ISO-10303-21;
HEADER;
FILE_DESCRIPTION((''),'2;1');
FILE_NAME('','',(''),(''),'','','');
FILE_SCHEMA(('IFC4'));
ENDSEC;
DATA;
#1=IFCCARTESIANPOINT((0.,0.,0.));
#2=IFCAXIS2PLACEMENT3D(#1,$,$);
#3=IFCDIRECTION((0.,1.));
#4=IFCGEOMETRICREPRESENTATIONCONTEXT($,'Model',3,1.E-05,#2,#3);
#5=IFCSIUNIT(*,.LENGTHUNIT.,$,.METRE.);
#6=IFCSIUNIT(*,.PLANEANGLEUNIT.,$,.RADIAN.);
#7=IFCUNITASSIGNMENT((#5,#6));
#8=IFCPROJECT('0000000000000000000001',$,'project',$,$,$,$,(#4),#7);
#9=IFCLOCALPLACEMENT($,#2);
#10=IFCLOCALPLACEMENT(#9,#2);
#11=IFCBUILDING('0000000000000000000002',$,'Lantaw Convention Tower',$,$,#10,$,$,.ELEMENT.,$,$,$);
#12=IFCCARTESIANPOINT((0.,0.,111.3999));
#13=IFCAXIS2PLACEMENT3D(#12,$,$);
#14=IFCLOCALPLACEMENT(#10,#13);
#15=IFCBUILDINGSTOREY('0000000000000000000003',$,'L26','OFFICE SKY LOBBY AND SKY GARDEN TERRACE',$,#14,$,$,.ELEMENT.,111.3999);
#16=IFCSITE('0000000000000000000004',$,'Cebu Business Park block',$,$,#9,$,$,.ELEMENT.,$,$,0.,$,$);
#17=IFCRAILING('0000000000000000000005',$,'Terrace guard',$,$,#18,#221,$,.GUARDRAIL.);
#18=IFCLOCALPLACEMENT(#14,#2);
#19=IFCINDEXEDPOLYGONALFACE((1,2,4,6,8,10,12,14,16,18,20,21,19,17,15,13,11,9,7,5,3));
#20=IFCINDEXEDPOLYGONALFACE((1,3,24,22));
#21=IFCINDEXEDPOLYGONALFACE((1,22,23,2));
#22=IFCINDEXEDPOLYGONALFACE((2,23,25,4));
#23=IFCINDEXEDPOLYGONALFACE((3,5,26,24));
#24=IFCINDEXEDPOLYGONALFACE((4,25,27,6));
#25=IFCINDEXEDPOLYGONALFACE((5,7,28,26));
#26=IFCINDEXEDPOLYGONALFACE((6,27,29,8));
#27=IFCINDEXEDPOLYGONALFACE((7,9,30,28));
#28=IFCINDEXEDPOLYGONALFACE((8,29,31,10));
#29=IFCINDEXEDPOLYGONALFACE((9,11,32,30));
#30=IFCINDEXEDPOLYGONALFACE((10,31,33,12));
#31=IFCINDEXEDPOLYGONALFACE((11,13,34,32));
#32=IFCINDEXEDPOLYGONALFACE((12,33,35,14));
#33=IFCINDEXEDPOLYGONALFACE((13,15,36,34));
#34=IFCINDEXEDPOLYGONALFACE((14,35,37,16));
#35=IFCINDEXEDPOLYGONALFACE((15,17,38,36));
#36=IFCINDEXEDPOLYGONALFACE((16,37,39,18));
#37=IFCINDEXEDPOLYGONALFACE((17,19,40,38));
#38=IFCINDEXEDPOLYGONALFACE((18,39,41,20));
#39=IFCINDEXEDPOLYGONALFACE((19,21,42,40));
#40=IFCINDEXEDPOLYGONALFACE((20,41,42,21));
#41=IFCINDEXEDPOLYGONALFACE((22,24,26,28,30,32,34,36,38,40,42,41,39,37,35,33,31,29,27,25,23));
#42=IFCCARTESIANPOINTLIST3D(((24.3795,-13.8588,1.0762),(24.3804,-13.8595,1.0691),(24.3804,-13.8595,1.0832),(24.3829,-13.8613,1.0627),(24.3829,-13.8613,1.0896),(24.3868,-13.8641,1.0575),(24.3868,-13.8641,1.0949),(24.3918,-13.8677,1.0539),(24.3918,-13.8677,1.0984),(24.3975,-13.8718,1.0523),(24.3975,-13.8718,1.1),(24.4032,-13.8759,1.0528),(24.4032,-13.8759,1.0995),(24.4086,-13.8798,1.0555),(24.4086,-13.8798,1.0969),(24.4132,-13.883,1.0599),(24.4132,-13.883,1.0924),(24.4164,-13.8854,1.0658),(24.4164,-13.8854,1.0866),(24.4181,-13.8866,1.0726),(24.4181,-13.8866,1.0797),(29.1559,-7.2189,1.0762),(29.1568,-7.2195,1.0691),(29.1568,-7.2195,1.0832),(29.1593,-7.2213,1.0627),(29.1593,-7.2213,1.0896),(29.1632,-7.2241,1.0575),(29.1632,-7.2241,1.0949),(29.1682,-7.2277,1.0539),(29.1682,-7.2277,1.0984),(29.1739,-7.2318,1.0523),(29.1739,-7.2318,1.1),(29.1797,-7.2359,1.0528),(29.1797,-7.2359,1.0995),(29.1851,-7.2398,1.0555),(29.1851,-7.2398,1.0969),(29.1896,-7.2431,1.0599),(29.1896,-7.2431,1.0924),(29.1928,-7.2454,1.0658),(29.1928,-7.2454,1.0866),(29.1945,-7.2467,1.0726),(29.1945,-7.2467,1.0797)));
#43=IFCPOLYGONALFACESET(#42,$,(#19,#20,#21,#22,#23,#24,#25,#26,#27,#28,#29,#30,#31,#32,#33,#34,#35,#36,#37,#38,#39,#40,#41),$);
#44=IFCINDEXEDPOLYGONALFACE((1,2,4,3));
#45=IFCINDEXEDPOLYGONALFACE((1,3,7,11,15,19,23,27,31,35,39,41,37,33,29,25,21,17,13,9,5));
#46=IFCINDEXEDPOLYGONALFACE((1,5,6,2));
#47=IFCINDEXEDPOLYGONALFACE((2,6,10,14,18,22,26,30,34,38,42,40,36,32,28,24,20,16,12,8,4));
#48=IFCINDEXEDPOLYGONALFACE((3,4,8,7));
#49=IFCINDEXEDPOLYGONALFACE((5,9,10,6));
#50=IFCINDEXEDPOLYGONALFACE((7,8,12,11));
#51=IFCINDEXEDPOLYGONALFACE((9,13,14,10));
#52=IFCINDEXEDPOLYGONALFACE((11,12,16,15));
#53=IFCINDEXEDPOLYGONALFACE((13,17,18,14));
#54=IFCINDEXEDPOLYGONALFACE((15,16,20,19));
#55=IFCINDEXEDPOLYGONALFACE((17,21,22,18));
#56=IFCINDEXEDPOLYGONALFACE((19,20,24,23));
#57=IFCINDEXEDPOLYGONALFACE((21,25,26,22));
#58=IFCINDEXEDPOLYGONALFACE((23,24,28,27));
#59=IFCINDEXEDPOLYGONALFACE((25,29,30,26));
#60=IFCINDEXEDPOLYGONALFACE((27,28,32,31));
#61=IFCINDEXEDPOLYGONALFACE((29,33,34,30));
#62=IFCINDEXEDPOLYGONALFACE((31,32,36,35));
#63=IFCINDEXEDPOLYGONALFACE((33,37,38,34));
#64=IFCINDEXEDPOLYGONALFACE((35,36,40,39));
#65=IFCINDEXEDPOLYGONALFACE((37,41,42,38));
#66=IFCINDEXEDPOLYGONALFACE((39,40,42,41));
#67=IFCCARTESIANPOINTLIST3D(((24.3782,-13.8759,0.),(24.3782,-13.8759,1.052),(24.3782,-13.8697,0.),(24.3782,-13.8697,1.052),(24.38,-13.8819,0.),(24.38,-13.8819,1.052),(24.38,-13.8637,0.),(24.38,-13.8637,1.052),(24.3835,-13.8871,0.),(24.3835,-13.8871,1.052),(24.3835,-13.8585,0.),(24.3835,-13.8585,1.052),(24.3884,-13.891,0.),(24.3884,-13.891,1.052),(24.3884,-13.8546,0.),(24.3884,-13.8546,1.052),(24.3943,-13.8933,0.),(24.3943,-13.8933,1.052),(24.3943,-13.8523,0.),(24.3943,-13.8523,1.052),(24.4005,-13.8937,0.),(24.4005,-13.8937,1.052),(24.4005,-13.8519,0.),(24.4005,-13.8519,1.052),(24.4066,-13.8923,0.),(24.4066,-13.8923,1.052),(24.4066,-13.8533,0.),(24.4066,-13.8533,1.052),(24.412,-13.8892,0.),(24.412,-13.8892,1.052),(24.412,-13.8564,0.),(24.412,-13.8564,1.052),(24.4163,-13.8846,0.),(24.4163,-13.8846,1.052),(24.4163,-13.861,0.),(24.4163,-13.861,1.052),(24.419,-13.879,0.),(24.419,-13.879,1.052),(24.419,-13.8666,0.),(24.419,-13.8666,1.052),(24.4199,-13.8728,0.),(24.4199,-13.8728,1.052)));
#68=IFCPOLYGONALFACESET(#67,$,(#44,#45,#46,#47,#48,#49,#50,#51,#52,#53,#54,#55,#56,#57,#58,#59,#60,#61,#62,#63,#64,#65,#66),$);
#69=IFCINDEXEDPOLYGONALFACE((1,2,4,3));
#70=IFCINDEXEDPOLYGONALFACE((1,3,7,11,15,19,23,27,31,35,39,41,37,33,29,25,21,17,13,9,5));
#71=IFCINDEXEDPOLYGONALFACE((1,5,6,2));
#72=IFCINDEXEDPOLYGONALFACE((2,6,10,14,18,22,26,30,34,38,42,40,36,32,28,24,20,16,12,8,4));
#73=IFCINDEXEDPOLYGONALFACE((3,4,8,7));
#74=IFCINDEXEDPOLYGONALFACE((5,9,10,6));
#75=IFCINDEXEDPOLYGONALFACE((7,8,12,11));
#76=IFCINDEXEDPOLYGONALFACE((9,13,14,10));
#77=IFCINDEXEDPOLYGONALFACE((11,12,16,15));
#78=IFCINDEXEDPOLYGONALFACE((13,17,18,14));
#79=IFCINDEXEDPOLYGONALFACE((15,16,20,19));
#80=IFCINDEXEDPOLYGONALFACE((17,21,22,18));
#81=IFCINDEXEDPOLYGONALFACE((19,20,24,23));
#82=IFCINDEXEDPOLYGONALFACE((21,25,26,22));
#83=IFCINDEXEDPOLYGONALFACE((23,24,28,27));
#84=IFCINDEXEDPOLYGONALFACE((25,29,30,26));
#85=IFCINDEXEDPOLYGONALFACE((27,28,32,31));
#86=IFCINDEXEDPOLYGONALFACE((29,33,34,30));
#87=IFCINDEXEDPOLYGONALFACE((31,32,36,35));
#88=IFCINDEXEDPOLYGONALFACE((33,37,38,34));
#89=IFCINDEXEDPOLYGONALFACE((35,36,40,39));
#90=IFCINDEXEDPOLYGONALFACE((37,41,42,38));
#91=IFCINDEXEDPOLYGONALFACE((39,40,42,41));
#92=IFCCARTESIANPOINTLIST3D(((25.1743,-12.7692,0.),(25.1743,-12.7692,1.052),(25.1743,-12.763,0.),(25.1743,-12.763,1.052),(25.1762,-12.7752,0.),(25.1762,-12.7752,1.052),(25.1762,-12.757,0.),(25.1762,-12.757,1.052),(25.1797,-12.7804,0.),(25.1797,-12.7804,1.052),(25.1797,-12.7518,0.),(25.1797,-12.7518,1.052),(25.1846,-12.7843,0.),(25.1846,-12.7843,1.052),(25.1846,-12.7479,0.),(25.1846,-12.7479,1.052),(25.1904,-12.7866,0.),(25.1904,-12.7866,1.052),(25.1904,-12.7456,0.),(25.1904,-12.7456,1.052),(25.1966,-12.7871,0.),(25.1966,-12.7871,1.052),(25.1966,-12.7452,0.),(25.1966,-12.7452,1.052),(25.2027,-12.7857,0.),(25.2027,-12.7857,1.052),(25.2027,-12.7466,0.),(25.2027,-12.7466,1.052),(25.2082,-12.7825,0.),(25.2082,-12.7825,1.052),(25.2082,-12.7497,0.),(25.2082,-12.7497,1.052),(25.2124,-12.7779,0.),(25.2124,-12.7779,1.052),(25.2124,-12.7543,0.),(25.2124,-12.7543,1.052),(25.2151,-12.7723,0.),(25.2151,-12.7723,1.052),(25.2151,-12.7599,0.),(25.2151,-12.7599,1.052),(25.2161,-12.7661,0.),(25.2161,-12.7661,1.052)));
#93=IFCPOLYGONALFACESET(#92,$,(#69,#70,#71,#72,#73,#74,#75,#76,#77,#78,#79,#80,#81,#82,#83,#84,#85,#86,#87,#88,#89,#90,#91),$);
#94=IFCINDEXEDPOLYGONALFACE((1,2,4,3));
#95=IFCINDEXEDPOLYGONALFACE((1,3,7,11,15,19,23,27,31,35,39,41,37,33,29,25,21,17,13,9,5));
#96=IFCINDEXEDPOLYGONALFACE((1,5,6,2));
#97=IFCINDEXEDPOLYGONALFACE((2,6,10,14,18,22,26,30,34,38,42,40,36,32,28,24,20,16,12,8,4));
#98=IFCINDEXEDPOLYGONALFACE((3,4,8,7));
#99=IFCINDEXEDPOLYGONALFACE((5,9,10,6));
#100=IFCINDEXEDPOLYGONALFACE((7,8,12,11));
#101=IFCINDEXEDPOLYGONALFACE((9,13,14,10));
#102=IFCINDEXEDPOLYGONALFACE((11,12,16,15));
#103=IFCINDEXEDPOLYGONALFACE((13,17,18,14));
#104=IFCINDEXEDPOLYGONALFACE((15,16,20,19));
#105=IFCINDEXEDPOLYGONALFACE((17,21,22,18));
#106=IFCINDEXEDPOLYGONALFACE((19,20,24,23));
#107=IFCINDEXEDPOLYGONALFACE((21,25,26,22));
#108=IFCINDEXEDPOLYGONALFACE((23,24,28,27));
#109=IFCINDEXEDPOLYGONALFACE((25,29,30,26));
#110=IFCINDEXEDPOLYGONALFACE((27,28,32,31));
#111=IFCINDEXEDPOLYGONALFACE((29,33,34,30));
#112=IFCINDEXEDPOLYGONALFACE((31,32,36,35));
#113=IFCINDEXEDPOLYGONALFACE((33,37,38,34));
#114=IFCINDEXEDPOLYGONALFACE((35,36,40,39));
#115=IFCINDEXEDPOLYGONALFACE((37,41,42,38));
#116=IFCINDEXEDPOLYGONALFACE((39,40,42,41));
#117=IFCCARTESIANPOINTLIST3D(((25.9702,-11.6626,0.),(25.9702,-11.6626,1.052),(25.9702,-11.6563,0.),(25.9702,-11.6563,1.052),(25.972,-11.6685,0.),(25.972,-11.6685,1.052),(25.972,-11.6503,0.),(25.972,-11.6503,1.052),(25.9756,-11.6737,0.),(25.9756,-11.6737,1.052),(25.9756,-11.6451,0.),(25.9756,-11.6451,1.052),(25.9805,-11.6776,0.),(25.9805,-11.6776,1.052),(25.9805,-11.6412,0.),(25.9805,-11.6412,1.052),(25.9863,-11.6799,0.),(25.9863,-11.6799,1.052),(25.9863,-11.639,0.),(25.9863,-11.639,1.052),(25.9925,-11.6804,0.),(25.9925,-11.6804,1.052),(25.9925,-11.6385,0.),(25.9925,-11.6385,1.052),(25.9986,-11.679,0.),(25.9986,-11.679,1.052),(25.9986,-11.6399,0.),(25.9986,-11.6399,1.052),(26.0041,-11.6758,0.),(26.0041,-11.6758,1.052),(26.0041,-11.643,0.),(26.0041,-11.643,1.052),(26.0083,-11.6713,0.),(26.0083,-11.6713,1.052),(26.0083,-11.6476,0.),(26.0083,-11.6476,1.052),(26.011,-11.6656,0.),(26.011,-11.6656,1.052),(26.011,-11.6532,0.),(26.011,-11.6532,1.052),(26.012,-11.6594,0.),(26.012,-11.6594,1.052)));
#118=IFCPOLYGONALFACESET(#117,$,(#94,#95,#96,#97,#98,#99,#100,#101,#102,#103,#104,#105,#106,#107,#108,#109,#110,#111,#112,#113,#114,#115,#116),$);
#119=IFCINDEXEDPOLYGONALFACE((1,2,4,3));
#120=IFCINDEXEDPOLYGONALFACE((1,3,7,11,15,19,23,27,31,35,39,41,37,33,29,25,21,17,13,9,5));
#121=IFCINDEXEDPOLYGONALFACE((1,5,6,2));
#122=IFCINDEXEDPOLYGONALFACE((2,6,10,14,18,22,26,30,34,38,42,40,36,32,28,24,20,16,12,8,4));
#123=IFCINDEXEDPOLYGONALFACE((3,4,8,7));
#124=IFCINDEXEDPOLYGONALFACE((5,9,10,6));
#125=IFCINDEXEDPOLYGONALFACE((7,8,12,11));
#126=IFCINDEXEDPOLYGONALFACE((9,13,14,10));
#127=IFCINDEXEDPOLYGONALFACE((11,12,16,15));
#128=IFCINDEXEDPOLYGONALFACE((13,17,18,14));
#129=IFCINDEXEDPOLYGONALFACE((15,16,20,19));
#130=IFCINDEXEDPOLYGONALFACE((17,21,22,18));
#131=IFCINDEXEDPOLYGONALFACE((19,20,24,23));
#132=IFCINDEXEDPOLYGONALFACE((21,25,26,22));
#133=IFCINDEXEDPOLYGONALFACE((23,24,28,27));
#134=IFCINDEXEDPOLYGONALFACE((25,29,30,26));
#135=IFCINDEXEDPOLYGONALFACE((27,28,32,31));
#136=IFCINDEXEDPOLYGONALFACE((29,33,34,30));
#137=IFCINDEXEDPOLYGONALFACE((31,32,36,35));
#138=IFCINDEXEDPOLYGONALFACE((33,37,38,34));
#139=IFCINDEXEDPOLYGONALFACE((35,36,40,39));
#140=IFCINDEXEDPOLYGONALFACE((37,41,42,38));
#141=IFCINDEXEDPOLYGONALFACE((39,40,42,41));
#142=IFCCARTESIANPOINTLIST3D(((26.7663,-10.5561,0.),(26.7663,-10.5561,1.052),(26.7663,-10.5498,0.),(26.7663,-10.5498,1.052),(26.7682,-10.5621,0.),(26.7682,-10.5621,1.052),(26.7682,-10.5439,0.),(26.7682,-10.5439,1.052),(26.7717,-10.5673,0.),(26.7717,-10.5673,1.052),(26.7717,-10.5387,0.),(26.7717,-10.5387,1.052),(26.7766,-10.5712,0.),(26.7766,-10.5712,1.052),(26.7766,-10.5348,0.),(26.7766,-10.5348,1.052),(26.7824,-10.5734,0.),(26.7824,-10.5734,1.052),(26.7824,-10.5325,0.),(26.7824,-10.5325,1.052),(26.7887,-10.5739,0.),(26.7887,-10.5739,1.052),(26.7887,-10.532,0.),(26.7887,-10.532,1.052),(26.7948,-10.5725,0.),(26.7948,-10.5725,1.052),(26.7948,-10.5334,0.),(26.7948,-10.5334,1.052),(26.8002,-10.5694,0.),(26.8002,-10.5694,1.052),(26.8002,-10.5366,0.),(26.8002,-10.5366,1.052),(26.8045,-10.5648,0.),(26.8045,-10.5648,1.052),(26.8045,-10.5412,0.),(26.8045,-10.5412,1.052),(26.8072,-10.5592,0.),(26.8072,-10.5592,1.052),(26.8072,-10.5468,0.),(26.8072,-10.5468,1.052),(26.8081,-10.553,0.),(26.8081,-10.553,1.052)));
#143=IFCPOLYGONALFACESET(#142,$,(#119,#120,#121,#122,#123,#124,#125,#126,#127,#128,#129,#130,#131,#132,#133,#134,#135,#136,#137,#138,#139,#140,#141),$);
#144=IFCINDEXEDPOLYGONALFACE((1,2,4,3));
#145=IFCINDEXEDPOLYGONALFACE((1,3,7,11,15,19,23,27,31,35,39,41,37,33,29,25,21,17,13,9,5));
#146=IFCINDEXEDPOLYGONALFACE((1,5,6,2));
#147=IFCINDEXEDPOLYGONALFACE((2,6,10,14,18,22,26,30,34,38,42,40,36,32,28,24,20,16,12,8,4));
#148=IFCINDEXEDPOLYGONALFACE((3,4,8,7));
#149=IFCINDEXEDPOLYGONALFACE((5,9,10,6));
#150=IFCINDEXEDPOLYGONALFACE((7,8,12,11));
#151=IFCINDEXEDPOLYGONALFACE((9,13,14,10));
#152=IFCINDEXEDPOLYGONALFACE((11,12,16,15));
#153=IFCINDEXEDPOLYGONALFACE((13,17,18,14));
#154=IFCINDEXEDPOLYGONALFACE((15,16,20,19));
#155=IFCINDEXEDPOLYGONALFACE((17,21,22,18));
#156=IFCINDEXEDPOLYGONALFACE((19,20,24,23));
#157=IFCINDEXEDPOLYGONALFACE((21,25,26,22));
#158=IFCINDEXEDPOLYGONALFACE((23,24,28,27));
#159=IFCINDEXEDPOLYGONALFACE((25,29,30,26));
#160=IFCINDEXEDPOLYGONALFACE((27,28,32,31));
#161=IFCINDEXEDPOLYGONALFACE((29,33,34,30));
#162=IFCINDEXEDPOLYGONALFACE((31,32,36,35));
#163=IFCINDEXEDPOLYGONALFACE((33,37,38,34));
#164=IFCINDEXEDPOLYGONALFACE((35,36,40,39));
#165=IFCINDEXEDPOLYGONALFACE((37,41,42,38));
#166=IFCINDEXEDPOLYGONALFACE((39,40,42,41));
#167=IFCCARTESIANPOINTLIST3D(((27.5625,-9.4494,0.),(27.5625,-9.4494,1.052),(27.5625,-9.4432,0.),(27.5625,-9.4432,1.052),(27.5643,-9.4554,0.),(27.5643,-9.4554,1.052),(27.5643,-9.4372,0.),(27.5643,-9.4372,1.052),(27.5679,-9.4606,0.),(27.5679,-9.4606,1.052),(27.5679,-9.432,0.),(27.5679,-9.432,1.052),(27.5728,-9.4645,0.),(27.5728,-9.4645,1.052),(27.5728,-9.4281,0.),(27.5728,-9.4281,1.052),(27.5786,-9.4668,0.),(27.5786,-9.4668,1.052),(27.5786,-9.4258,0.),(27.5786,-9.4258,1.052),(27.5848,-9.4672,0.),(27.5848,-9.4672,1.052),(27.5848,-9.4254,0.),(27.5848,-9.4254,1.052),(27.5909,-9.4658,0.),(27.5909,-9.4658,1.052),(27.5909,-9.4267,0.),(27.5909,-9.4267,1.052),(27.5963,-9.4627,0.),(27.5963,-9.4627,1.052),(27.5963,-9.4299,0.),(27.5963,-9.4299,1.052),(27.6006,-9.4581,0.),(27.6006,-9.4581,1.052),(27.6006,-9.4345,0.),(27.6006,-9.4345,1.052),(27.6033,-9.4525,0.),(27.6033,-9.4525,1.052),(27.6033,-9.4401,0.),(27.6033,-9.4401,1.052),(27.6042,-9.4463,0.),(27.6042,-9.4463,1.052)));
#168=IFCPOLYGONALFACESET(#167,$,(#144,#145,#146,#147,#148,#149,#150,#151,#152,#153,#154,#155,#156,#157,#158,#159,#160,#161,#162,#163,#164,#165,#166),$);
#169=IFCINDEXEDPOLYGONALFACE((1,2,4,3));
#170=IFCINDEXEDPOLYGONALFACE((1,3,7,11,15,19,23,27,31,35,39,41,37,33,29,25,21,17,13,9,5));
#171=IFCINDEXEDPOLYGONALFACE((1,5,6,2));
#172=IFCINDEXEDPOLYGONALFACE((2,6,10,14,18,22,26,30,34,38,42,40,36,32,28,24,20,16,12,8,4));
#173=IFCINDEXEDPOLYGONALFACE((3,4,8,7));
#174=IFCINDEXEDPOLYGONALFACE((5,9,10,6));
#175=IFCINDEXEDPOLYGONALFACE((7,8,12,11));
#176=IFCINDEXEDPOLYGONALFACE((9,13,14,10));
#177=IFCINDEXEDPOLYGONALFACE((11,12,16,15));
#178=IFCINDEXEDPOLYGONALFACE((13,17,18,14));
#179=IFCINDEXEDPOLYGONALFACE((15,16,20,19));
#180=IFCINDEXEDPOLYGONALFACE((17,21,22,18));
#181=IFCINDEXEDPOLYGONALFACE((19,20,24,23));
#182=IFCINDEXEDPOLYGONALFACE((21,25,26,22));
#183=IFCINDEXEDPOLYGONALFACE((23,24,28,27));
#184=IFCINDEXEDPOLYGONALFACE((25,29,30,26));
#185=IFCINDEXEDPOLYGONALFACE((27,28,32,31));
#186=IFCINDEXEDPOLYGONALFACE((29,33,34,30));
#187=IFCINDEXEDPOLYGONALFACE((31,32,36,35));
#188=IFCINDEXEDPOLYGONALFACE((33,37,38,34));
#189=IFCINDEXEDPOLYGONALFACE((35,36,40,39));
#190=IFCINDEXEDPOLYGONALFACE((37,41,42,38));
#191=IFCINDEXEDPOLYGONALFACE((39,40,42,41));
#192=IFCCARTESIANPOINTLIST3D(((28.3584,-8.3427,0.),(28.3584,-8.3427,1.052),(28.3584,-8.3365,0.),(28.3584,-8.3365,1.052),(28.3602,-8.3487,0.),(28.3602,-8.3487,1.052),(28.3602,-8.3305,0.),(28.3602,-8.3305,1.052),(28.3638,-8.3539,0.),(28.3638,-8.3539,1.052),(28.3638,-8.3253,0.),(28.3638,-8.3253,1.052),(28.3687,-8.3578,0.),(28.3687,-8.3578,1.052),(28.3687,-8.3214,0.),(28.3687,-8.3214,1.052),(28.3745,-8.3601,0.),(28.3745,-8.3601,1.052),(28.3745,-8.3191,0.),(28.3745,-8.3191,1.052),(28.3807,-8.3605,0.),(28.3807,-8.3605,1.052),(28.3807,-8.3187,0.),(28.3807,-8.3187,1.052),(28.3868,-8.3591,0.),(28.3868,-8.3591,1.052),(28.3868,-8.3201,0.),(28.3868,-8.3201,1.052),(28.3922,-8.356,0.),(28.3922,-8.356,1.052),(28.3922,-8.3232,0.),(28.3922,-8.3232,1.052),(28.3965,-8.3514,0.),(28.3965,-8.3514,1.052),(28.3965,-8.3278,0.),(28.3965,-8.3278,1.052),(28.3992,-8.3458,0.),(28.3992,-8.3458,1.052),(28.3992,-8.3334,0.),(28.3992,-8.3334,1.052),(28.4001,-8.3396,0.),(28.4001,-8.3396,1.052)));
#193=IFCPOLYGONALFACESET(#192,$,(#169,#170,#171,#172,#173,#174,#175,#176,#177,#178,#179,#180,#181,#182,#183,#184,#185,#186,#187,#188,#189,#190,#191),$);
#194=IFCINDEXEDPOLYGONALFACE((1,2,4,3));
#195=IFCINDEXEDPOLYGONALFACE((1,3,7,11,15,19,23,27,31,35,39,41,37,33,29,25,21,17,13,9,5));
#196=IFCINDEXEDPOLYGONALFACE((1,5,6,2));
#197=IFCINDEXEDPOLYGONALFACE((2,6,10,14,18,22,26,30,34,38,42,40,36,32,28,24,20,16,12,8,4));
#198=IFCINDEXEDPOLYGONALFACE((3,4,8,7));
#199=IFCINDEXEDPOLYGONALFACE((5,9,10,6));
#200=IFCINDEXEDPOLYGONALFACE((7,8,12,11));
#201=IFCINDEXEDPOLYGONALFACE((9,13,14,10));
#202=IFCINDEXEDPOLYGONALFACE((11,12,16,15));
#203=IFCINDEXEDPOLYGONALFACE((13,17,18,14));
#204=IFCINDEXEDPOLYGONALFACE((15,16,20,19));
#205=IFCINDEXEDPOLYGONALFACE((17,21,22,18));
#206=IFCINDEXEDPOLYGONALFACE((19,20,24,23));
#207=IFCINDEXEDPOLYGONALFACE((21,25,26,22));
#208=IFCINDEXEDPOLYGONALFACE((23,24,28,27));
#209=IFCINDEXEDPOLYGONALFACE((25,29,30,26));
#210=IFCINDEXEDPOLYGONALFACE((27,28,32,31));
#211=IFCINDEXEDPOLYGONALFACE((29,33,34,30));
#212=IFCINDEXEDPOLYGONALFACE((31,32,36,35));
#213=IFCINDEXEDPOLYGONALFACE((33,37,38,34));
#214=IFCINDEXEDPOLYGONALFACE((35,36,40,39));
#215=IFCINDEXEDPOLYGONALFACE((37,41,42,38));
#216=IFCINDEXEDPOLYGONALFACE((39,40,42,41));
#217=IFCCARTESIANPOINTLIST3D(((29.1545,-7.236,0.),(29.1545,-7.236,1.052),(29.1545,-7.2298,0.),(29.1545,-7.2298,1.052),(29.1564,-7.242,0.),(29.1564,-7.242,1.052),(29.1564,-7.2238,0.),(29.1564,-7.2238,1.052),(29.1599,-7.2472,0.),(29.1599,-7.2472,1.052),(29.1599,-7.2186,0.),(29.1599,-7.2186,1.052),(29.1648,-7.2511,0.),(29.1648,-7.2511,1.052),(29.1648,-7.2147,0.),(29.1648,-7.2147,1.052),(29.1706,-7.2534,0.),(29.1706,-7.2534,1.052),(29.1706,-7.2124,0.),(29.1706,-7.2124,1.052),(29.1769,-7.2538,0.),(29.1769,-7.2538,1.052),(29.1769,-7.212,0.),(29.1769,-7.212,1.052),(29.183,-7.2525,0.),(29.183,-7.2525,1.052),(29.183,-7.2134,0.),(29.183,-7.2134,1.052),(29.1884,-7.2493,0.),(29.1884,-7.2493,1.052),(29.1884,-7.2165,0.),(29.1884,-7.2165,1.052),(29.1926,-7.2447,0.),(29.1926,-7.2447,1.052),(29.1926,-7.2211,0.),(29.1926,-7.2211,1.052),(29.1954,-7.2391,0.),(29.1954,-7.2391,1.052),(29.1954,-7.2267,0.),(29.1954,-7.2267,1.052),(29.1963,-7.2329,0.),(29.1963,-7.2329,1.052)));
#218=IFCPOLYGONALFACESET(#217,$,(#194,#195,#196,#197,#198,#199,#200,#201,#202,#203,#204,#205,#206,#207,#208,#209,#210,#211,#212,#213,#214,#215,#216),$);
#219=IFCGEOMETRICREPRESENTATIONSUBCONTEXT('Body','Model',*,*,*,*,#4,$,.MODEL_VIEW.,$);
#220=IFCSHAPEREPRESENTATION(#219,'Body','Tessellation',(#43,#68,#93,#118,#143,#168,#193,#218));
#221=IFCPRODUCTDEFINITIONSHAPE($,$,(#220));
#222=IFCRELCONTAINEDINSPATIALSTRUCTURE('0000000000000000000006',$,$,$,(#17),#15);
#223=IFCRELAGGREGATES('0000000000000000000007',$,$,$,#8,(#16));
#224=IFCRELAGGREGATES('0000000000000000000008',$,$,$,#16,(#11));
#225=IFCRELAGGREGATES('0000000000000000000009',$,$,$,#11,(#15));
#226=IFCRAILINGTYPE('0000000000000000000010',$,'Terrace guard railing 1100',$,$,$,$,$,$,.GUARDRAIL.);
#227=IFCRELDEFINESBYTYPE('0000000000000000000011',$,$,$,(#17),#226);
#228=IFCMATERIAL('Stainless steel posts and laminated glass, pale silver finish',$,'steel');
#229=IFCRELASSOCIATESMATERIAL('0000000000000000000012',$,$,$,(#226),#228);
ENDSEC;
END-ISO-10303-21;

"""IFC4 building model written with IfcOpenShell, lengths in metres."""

from ifc_helpers import new_model, si_unit, direction, frame, origin, origin_2d, place, context, subcontext, project, spatial, circle, extrude, material, type_object, element, save


model = new_model("IFC4")

# Units and contexts
model_context = context("Model", 3, precision=1e-05, world=origin(), true_north=direction((0.0, 1.0)))
body_context = subcontext(model_context, "Body", "Model", "MODEL_VIEW")
ifc_project = project(units=[si_unit("LENGTHUNIT", "METRE"), si_unit("PLANEANGLEUNIT", "RADIAN")], contexts=[model_context])

# Site, building, storey
site_placement = place(None, origin())
site = spatial("IfcSite", under=ifc_project, at=site_placement, Name="Cebu Business Park block", CompositionType="ELEMENT", RefElevation=0.0)
building_placement = place(site_placement, origin())
building = spatial("IfcBuilding", under=site, at=building_placement, Name="Lantaw Convention Tower", CompositionType="ELEMENT")
storey_placement = place(building_placement, frame((0.0, 0.0, 111.3999)))
storey = spatial("IfcBuildingStorey", under=building, at=storey_placement, Name="L26", Description="OFFICE SKY LOBBY AND SKY GARDEN TERRACE", CompositionType="ELEMENT", Elevation=111.3999)

# Railing
ifc_material_1 = material(Name="Stainless steel posts and laminated glass, pale silver finish", Category="steel")
railing_type = type_object("IfcRailingType", Name="Terrace guard railing 1100", PredefinedType="GUARDRAIL", material=ifc_material_1)
railing_1_placement = place(storey_placement, frame((24.3989, -13.8728, 0.0)))
element("IfcRailing", 1, at=railing_1_placement, inside=storey, type_object=railing_type, Name="Terrace guard", PredefinedType="GUARDRAIL", context=body_context, shape_type="SweptSolid", body=[
    extrude(circle(Radius=0.0239, at=origin_2d()), frame((0.0, 0.0, 1.0762), z_axis=(0.583954, 0.811787, 0.0), x_axis=(-0.811787, 0.583954, 0.0)), (0.0, 0.0, 1.0), 8.1794),
    extrude(circle(Radius=0.021, at=origin_2d()), origin(), (0.0, 0.0, 1.0), 1.052),
    extrude(circle(Radius=0.021, at=origin_2d()), frame((0.7961, 1.1067, 0.0)), (0.0, 0.0, 1.0), 1.052),
    extrude(circle(Radius=0.021, at=origin_2d()), frame((1.592, 2.2134, 0.0)), (0.0, 0.0, 1.0), 1.052),
    extrude(circle(Radius=0.021, at=origin_2d()), frame((2.3882, 3.3198, 0.0)), (0.0, 0.0, 1.0), 1.052),
    extrude(circle(Radius=0.021, at=origin_2d()), frame((3.1843, 4.4265, 0.0)), (0.0, 0.0, 1.0), 1.052),
    extrude(circle(Radius=0.021, at=origin_2d()), frame((3.9802, 5.5332, 0.0)), (0.0, 0.0, 1.0), 1.052),
    extrude(circle(Radius=0.021, at=origin_2d()), frame((4.7764, 6.6399, 0.0)), (0.0, 0.0, 1.0), 1.052),
])

save(model, "model.ifc")
